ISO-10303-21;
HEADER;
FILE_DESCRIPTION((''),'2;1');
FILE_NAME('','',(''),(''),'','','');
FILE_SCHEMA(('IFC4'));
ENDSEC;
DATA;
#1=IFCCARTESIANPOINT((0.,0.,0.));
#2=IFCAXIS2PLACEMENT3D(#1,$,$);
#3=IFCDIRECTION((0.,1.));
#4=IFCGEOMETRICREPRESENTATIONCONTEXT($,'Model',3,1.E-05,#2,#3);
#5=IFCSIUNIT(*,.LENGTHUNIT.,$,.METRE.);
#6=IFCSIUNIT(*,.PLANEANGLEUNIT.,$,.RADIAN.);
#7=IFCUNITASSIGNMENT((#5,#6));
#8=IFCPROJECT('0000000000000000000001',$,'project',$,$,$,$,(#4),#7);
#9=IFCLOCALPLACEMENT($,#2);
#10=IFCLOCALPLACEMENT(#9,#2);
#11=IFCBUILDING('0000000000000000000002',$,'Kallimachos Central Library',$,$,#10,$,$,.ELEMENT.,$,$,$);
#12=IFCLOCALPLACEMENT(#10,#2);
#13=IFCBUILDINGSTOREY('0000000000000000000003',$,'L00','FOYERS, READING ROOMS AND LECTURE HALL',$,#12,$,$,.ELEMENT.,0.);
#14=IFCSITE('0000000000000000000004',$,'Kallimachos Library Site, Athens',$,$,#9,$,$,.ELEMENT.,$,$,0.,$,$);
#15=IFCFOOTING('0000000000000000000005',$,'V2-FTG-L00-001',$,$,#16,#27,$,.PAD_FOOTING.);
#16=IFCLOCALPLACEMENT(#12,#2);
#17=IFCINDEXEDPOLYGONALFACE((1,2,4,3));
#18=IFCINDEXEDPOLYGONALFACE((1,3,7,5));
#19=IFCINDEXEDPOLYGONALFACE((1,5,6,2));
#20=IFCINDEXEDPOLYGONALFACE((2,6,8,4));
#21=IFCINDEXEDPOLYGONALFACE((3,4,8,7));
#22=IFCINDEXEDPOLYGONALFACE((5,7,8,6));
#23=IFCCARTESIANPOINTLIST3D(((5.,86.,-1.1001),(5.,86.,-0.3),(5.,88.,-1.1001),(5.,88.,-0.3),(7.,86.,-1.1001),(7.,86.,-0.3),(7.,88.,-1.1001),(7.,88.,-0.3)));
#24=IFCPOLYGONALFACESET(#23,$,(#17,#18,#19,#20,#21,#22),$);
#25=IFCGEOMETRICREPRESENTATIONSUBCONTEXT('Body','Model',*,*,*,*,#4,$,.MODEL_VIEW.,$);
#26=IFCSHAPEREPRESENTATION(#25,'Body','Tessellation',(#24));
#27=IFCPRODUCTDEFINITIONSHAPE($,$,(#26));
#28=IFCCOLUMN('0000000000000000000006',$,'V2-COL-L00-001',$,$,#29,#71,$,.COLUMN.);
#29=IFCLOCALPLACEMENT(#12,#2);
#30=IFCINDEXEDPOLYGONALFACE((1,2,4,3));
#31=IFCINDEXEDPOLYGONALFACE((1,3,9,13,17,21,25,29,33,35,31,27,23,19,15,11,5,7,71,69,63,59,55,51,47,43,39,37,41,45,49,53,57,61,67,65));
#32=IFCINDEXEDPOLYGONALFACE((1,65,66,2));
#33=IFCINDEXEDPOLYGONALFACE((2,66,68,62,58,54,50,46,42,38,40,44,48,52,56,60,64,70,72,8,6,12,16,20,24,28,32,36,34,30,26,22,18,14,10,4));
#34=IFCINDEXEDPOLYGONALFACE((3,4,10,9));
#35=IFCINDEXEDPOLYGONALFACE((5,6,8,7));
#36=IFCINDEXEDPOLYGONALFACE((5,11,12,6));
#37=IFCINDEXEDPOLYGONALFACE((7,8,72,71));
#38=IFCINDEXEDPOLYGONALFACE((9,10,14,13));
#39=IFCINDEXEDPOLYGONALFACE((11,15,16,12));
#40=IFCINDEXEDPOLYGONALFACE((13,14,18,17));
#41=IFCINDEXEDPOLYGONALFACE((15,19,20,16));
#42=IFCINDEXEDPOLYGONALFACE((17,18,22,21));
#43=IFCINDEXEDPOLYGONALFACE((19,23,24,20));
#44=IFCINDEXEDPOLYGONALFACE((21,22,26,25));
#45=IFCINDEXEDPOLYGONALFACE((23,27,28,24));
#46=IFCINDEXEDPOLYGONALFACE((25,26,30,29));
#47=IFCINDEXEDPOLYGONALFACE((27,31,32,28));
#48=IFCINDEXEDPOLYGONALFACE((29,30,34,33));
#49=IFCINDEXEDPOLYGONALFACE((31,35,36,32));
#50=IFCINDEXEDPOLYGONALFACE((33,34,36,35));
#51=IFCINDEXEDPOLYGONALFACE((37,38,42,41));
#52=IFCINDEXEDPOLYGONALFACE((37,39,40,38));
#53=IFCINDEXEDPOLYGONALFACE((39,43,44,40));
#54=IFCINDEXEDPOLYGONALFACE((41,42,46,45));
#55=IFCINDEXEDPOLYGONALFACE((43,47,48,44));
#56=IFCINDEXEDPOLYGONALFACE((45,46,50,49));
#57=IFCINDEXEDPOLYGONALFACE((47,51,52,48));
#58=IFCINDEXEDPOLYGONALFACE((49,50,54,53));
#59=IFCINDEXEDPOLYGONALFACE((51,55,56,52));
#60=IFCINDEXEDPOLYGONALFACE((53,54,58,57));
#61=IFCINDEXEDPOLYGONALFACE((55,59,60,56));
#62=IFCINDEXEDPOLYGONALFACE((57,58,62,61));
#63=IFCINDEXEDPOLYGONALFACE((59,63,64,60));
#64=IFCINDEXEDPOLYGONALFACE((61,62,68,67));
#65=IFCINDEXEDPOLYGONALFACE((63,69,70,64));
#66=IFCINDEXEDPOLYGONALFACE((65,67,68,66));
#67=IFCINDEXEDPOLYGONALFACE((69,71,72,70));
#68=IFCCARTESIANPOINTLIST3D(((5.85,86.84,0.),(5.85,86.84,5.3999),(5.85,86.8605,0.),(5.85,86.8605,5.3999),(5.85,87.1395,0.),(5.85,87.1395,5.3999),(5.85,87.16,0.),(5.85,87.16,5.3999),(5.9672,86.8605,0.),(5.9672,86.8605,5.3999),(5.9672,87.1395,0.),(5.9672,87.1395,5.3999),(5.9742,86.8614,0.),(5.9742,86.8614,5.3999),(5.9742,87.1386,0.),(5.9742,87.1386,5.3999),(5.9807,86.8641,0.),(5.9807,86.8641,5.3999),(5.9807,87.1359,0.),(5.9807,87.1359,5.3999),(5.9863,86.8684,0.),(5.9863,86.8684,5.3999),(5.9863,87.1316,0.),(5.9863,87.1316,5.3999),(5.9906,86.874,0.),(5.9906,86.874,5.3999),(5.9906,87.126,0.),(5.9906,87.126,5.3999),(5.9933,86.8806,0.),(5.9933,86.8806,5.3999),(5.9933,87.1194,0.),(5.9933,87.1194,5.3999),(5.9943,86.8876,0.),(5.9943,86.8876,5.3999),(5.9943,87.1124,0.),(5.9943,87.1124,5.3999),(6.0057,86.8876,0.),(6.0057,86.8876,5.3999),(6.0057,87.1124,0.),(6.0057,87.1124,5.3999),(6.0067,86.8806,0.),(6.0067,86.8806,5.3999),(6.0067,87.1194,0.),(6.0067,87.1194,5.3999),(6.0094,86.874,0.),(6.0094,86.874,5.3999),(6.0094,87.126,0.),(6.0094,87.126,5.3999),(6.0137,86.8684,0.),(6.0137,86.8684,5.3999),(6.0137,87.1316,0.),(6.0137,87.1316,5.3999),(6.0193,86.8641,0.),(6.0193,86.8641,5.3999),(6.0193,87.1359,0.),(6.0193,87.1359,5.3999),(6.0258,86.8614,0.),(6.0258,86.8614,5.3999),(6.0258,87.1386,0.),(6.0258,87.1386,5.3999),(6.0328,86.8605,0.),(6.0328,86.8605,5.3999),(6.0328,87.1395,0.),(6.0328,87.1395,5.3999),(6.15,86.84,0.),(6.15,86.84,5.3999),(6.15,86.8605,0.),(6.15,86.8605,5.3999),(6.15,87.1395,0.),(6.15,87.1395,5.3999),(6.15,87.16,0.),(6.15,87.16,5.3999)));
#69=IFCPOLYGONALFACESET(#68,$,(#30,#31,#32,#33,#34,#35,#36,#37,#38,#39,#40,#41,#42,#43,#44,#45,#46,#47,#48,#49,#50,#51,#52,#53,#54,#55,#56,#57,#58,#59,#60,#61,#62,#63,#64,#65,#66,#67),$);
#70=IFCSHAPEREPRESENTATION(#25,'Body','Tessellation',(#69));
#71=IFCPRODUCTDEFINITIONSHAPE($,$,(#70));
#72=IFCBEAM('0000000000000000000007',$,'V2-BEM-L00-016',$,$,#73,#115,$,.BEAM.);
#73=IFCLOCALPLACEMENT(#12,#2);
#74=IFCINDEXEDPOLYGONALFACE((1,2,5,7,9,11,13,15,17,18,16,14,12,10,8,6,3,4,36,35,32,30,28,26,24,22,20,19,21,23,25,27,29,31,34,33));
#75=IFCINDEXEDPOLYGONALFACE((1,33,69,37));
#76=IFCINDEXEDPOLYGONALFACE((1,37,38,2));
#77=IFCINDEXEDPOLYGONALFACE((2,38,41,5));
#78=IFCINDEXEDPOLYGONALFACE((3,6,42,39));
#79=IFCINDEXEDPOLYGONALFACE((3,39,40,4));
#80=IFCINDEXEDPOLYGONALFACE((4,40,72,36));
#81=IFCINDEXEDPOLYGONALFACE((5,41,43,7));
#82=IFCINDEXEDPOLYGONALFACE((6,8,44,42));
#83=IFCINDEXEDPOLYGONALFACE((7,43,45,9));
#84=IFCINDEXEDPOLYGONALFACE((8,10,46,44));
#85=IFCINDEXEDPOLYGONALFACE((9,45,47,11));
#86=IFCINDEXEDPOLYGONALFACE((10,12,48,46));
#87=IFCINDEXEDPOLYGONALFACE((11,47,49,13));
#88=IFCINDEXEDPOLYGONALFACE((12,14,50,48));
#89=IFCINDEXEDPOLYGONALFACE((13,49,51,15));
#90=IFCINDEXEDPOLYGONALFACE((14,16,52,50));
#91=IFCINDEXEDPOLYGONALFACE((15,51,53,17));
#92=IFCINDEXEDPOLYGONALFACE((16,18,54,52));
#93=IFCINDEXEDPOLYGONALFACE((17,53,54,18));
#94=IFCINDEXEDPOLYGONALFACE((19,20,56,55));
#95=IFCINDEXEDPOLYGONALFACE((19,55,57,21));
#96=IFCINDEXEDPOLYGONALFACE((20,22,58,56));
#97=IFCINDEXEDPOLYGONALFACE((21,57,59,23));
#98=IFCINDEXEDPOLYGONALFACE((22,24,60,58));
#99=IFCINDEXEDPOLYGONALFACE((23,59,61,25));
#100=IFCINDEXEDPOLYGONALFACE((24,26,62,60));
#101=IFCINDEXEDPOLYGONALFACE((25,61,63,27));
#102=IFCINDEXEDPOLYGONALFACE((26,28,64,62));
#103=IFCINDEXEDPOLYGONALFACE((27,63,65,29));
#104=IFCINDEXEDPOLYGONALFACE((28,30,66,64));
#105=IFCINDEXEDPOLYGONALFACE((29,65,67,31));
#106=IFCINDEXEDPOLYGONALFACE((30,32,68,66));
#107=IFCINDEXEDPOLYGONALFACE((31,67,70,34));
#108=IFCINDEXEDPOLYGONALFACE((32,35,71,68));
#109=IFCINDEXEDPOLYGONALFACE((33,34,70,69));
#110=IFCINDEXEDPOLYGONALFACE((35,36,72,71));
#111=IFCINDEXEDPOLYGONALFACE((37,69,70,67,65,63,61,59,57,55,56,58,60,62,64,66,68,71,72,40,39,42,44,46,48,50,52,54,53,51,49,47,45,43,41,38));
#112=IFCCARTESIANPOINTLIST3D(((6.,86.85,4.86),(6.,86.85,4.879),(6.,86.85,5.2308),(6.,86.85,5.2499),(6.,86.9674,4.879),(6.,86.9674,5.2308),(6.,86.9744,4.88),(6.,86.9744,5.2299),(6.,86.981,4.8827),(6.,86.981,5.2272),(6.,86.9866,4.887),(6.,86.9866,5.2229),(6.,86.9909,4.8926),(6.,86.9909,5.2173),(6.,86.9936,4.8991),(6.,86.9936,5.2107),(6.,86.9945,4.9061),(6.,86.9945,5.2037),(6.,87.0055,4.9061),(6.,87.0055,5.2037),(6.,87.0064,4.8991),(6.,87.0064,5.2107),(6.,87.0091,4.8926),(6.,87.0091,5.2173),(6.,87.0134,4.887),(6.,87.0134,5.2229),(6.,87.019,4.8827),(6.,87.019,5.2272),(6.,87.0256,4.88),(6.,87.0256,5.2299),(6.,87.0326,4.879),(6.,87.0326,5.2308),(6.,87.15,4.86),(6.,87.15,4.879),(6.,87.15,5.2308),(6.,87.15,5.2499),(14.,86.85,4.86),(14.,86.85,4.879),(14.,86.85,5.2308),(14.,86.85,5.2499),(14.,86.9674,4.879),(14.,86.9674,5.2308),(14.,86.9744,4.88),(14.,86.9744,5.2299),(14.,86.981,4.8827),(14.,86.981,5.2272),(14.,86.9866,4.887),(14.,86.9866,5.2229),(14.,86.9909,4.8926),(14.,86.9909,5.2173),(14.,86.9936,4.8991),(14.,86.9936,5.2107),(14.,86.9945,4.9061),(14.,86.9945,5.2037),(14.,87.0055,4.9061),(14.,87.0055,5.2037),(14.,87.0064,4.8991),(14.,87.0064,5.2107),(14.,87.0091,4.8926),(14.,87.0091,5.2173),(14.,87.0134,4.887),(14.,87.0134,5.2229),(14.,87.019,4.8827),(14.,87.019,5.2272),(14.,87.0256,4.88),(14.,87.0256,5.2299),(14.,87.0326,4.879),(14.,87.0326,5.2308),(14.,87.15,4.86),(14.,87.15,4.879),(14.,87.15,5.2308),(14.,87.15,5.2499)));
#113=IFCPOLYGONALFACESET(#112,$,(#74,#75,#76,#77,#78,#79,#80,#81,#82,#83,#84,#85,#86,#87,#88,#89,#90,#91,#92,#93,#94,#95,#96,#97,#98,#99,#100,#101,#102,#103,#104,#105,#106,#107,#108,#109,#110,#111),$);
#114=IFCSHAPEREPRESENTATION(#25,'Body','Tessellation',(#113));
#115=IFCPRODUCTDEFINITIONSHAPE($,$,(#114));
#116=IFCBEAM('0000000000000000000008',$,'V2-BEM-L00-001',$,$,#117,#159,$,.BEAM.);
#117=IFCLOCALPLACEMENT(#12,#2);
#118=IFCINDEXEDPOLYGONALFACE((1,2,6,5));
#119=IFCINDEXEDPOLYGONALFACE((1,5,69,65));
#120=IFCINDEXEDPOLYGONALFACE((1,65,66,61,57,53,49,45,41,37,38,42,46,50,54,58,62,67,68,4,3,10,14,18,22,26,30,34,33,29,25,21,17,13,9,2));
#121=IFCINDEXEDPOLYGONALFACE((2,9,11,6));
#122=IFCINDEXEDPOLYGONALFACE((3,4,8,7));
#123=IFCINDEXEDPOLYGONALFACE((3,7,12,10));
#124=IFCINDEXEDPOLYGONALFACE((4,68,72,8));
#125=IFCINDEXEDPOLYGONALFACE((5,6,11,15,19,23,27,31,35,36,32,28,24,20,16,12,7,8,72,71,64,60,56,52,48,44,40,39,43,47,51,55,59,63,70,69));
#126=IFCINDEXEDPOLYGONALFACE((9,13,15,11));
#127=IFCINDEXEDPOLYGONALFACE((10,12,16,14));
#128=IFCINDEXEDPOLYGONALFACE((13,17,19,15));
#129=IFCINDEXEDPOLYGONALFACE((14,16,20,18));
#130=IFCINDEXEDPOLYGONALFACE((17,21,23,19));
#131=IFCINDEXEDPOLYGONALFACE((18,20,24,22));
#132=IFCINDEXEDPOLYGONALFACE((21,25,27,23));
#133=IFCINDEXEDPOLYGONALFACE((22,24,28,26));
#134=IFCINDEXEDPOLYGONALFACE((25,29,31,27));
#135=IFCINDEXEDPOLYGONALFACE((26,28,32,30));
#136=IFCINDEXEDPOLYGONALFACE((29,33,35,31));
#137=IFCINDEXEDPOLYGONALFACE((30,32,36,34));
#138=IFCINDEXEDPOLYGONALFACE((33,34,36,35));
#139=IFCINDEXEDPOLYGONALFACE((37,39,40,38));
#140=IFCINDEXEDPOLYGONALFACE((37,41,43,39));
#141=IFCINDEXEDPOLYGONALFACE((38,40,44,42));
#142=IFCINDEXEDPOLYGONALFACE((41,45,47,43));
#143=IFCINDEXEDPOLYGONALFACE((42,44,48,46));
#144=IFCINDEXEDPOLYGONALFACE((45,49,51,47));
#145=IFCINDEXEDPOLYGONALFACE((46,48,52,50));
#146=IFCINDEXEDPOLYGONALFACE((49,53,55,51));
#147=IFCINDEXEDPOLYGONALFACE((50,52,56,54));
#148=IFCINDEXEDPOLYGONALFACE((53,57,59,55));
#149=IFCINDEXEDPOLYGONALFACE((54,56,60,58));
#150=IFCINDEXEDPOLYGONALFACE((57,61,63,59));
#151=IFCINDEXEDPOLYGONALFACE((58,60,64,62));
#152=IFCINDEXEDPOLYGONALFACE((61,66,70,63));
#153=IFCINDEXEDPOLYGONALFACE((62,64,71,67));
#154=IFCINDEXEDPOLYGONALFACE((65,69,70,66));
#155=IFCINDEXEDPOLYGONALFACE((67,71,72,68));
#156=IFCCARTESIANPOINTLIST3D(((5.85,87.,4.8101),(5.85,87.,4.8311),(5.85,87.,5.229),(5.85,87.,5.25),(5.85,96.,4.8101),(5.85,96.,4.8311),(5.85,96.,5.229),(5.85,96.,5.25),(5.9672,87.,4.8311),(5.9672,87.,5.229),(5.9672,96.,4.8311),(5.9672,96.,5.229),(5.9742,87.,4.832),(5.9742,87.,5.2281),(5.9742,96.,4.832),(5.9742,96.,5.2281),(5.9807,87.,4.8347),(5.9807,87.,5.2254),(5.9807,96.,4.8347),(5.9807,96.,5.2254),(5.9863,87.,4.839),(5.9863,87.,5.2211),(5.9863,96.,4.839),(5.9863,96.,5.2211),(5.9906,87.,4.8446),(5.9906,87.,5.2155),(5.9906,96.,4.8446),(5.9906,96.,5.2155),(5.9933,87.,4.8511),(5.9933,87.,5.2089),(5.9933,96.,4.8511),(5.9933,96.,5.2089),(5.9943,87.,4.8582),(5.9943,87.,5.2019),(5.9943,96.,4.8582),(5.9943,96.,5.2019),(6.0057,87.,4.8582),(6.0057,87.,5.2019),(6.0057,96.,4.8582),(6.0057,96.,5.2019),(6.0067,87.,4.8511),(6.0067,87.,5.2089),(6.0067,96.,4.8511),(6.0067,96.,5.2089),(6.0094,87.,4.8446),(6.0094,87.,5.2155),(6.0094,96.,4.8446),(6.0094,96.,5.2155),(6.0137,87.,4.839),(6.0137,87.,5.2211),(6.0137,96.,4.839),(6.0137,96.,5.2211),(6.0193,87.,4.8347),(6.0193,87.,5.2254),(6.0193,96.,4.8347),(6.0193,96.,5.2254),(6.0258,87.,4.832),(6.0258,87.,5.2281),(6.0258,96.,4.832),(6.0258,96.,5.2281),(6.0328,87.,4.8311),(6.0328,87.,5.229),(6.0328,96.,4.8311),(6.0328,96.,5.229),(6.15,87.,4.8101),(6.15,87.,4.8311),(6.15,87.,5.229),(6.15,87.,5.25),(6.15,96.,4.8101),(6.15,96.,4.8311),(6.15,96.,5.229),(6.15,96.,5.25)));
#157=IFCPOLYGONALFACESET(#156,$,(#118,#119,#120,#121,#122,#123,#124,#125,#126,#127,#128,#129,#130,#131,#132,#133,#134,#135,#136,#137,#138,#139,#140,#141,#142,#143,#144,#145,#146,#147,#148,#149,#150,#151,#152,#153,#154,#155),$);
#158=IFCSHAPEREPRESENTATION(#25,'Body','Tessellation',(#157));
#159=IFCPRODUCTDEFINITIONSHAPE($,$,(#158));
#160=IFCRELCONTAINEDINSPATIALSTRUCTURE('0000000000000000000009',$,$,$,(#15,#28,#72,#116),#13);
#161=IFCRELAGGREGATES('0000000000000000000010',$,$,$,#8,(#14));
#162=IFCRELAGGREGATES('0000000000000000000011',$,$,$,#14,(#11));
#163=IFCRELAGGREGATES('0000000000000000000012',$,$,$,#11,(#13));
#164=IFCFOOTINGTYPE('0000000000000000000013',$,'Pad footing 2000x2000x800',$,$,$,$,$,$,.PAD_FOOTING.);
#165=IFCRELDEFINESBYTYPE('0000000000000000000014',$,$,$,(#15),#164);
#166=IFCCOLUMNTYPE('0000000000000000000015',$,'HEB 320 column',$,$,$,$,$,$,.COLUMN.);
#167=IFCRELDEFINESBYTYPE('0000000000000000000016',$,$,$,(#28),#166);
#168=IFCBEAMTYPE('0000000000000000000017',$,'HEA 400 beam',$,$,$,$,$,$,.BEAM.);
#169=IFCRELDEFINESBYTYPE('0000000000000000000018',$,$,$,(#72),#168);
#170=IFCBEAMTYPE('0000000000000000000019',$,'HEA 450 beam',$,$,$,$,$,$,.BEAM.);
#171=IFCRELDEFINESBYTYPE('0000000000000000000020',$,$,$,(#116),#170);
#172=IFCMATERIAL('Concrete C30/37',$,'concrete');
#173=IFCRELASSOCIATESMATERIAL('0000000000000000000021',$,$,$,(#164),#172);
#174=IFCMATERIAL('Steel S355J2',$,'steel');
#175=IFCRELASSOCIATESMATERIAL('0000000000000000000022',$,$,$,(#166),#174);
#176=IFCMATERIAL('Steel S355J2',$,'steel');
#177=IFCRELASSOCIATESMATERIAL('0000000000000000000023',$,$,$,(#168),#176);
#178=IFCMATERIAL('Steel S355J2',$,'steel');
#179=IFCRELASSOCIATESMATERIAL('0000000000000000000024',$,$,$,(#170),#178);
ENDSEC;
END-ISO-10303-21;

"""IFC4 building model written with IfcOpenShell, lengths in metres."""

from ifc_helpers import new_model, si_unit, direction, frame, origin, origin_2d, place, context, subcontext, project, spatial, rectangle, i_section, extrude, material, material_profile, profile_set, type_object, element, save


model = new_model("IFC4")

# Units and contexts
model_context = context("Model", 3, precision=1e-05, world=origin(), true_north=direction((0.0, 1.0)))
body_context = subcontext(model_context, "Body", "Model", "MODEL_VIEW")
ifc_project = project(units=[si_unit("LENGTHUNIT", "METRE"), si_unit("PLANEANGLEUNIT", "RADIAN")], contexts=[model_context])

# Site, building, storey
site_placement = place(None, origin())
site = spatial("IfcSite", under=ifc_project, at=site_placement, Name="Kallimachos Library Site, Athens", CompositionType="ELEMENT", RefElevation=0.0)
building_placement = place(site_placement, origin())
building = spatial("IfcBuilding", under=site, at=building_placement, Name="Kallimachos Central Library", CompositionType="ELEMENT")
storey_placement = place(building_placement, origin())
storey = spatial("IfcBuildingStorey", under=building, at=storey_placement, Name="L00", Description="FOYERS, READING ROOMS AND LECTURE HALL", CompositionType="ELEMENT", Elevation=0.0)

# Footing
ifc_material_1 = material(Name="Concrete C30/37", Category="concrete")
footing_type = type_object("IfcFootingType", Name="Pad footing 2000x2000x800", PredefinedType="PAD_FOOTING", material=ifc_material_1)
footing_placement = place(storey_placement, frame((6.0, 87.0, -1.1001), z_axis=(0.0, 0.0, 1.0), x_axis=(1.0, 0.0, 0.0)))
element("IfcFooting", 1, at=footing_placement, inside=storey, type_object=footing_type, Name="V2-FTG-L00-001", PredefinedType="PAD_FOOTING", context=body_context, shape_type="SweptSolid", body=[
    extrude(rectangle(XDim=2.0, YDim=2.0, at=origin_2d()), origin(), (0.0, 0.0, 1.0), 0.8),
])

# Column
ifc_material_2 = material(Name="Steel S355J2", Category="steel")
ifc_material_profile_1 = material_profile(ifc_material_2, i_section(OverallWidth=0.3, OverallDepth=0.3201, WebThickness=0.0115, FlangeThickness=0.0205, FilletRadius=0.0271, at=origin_2d()), Name="HEB 320")
ifc_profile_set_1 = profile_set([ifc_material_profile_1], Name="Steel S355J2")
column_type = type_object("IfcColumnType", Name="HEB 320 column", PredefinedType="COLUMN", material=ifc_profile_set_1)
column_placement = place(storey_placement, frame((6.0, 87.0, 0.0), z_axis=(0.0, 0.0, 1.0), x_axis=(1.0, 0.0, 0.0)))
element("IfcColumn", 2, at=column_placement, inside=storey, type_object=column_type, Name="V2-COL-L00-001", PredefinedType="COLUMN", context=body_context, shape_type="SweptSolid", body=[
    extrude(i_section(OverallWidth=0.3, OverallDepth=0.3201, WebThickness=0.0115, FlangeThickness=0.0205, FilletRadius=0.0271, at=origin_2d()), origin(), (0.0, 0.0, 1.0), 5.3999),
])

# Beams
ifc_material_3 = material(Name="Steel S355J2", Category="steel")
ifc_material_profile_2 = material_profile(ifc_material_3, i_section(OverallWidth=0.3, OverallDepth=0.3899, WebThickness=0.011, FlangeThickness=0.019, FilletRadius=0.0271, at=origin_2d()), Name="HEA 400")
ifc_profile_set_2 = profile_set([ifc_material_profile_2], Name="Steel S355J2")
beam_type_1 = type_object("IfcBeamType", Name="HEA 400 beam", PredefinedType="BEAM", material=ifc_profile_set_2)
beam_1_placement = place(storey_placement, frame((6.0, 87.0, 5.0549), z_axis=(1.0, 0.0, 0.0), x_axis=(0.0, 1.0, 0.0)))
element("IfcBeam", 3, at=beam_1_placement, inside=storey, type_object=beam_type_1, Name="V2-BEM-L00-016", PredefinedType="BEAM", context=body_context, shape_type="SweptSolid", body=[
    extrude(i_section(OverallWidth=0.3, OverallDepth=0.3899, WebThickness=0.011, FlangeThickness=0.019, FilletRadius=0.0271, at=origin_2d()), origin(), (0.0, 0.0, 1.0), 8.0),
])
ifc_material_4 = material(Name="Steel S355J2", Category="steel")
ifc_material_profile_3 = material_profile(ifc_material_4, i_section(OverallWidth=0.3, OverallDepth=0.4399, WebThickness=0.0115, FlangeThickness=0.021, FilletRadius=0.0271, at=origin_2d()), Name="HEA 450")
ifc_profile_set_3 = profile_set([ifc_material_profile_3], Name="Steel S355J2")
beam_type_2 = type_object("IfcBeamType", Name="HEA 450 beam", PredefinedType="BEAM", material=ifc_profile_set_3)
beam_2_placement = place(storey_placement, frame((6.0, 87.0, 5.03), z_axis=(0.0, 1.0, 0.0), x_axis=(-1.0, 0.0, 0.0)))
element("IfcBeam", 4, at=beam_2_placement, inside=storey, type_object=beam_type_2, Name="V2-BEM-L00-001", PredefinedType="BEAM", context=body_context, shape_type="SweptSolid", body=[
    extrude(i_section(OverallWidth=0.3, OverallDepth=0.4399, WebThickness=0.0115, FlangeThickness=0.021, FilletRadius=0.0271, at=origin_2d()), origin(), (0.0, 0.0, 1.0), 9.0),
])

save(model, "model.ifc")
